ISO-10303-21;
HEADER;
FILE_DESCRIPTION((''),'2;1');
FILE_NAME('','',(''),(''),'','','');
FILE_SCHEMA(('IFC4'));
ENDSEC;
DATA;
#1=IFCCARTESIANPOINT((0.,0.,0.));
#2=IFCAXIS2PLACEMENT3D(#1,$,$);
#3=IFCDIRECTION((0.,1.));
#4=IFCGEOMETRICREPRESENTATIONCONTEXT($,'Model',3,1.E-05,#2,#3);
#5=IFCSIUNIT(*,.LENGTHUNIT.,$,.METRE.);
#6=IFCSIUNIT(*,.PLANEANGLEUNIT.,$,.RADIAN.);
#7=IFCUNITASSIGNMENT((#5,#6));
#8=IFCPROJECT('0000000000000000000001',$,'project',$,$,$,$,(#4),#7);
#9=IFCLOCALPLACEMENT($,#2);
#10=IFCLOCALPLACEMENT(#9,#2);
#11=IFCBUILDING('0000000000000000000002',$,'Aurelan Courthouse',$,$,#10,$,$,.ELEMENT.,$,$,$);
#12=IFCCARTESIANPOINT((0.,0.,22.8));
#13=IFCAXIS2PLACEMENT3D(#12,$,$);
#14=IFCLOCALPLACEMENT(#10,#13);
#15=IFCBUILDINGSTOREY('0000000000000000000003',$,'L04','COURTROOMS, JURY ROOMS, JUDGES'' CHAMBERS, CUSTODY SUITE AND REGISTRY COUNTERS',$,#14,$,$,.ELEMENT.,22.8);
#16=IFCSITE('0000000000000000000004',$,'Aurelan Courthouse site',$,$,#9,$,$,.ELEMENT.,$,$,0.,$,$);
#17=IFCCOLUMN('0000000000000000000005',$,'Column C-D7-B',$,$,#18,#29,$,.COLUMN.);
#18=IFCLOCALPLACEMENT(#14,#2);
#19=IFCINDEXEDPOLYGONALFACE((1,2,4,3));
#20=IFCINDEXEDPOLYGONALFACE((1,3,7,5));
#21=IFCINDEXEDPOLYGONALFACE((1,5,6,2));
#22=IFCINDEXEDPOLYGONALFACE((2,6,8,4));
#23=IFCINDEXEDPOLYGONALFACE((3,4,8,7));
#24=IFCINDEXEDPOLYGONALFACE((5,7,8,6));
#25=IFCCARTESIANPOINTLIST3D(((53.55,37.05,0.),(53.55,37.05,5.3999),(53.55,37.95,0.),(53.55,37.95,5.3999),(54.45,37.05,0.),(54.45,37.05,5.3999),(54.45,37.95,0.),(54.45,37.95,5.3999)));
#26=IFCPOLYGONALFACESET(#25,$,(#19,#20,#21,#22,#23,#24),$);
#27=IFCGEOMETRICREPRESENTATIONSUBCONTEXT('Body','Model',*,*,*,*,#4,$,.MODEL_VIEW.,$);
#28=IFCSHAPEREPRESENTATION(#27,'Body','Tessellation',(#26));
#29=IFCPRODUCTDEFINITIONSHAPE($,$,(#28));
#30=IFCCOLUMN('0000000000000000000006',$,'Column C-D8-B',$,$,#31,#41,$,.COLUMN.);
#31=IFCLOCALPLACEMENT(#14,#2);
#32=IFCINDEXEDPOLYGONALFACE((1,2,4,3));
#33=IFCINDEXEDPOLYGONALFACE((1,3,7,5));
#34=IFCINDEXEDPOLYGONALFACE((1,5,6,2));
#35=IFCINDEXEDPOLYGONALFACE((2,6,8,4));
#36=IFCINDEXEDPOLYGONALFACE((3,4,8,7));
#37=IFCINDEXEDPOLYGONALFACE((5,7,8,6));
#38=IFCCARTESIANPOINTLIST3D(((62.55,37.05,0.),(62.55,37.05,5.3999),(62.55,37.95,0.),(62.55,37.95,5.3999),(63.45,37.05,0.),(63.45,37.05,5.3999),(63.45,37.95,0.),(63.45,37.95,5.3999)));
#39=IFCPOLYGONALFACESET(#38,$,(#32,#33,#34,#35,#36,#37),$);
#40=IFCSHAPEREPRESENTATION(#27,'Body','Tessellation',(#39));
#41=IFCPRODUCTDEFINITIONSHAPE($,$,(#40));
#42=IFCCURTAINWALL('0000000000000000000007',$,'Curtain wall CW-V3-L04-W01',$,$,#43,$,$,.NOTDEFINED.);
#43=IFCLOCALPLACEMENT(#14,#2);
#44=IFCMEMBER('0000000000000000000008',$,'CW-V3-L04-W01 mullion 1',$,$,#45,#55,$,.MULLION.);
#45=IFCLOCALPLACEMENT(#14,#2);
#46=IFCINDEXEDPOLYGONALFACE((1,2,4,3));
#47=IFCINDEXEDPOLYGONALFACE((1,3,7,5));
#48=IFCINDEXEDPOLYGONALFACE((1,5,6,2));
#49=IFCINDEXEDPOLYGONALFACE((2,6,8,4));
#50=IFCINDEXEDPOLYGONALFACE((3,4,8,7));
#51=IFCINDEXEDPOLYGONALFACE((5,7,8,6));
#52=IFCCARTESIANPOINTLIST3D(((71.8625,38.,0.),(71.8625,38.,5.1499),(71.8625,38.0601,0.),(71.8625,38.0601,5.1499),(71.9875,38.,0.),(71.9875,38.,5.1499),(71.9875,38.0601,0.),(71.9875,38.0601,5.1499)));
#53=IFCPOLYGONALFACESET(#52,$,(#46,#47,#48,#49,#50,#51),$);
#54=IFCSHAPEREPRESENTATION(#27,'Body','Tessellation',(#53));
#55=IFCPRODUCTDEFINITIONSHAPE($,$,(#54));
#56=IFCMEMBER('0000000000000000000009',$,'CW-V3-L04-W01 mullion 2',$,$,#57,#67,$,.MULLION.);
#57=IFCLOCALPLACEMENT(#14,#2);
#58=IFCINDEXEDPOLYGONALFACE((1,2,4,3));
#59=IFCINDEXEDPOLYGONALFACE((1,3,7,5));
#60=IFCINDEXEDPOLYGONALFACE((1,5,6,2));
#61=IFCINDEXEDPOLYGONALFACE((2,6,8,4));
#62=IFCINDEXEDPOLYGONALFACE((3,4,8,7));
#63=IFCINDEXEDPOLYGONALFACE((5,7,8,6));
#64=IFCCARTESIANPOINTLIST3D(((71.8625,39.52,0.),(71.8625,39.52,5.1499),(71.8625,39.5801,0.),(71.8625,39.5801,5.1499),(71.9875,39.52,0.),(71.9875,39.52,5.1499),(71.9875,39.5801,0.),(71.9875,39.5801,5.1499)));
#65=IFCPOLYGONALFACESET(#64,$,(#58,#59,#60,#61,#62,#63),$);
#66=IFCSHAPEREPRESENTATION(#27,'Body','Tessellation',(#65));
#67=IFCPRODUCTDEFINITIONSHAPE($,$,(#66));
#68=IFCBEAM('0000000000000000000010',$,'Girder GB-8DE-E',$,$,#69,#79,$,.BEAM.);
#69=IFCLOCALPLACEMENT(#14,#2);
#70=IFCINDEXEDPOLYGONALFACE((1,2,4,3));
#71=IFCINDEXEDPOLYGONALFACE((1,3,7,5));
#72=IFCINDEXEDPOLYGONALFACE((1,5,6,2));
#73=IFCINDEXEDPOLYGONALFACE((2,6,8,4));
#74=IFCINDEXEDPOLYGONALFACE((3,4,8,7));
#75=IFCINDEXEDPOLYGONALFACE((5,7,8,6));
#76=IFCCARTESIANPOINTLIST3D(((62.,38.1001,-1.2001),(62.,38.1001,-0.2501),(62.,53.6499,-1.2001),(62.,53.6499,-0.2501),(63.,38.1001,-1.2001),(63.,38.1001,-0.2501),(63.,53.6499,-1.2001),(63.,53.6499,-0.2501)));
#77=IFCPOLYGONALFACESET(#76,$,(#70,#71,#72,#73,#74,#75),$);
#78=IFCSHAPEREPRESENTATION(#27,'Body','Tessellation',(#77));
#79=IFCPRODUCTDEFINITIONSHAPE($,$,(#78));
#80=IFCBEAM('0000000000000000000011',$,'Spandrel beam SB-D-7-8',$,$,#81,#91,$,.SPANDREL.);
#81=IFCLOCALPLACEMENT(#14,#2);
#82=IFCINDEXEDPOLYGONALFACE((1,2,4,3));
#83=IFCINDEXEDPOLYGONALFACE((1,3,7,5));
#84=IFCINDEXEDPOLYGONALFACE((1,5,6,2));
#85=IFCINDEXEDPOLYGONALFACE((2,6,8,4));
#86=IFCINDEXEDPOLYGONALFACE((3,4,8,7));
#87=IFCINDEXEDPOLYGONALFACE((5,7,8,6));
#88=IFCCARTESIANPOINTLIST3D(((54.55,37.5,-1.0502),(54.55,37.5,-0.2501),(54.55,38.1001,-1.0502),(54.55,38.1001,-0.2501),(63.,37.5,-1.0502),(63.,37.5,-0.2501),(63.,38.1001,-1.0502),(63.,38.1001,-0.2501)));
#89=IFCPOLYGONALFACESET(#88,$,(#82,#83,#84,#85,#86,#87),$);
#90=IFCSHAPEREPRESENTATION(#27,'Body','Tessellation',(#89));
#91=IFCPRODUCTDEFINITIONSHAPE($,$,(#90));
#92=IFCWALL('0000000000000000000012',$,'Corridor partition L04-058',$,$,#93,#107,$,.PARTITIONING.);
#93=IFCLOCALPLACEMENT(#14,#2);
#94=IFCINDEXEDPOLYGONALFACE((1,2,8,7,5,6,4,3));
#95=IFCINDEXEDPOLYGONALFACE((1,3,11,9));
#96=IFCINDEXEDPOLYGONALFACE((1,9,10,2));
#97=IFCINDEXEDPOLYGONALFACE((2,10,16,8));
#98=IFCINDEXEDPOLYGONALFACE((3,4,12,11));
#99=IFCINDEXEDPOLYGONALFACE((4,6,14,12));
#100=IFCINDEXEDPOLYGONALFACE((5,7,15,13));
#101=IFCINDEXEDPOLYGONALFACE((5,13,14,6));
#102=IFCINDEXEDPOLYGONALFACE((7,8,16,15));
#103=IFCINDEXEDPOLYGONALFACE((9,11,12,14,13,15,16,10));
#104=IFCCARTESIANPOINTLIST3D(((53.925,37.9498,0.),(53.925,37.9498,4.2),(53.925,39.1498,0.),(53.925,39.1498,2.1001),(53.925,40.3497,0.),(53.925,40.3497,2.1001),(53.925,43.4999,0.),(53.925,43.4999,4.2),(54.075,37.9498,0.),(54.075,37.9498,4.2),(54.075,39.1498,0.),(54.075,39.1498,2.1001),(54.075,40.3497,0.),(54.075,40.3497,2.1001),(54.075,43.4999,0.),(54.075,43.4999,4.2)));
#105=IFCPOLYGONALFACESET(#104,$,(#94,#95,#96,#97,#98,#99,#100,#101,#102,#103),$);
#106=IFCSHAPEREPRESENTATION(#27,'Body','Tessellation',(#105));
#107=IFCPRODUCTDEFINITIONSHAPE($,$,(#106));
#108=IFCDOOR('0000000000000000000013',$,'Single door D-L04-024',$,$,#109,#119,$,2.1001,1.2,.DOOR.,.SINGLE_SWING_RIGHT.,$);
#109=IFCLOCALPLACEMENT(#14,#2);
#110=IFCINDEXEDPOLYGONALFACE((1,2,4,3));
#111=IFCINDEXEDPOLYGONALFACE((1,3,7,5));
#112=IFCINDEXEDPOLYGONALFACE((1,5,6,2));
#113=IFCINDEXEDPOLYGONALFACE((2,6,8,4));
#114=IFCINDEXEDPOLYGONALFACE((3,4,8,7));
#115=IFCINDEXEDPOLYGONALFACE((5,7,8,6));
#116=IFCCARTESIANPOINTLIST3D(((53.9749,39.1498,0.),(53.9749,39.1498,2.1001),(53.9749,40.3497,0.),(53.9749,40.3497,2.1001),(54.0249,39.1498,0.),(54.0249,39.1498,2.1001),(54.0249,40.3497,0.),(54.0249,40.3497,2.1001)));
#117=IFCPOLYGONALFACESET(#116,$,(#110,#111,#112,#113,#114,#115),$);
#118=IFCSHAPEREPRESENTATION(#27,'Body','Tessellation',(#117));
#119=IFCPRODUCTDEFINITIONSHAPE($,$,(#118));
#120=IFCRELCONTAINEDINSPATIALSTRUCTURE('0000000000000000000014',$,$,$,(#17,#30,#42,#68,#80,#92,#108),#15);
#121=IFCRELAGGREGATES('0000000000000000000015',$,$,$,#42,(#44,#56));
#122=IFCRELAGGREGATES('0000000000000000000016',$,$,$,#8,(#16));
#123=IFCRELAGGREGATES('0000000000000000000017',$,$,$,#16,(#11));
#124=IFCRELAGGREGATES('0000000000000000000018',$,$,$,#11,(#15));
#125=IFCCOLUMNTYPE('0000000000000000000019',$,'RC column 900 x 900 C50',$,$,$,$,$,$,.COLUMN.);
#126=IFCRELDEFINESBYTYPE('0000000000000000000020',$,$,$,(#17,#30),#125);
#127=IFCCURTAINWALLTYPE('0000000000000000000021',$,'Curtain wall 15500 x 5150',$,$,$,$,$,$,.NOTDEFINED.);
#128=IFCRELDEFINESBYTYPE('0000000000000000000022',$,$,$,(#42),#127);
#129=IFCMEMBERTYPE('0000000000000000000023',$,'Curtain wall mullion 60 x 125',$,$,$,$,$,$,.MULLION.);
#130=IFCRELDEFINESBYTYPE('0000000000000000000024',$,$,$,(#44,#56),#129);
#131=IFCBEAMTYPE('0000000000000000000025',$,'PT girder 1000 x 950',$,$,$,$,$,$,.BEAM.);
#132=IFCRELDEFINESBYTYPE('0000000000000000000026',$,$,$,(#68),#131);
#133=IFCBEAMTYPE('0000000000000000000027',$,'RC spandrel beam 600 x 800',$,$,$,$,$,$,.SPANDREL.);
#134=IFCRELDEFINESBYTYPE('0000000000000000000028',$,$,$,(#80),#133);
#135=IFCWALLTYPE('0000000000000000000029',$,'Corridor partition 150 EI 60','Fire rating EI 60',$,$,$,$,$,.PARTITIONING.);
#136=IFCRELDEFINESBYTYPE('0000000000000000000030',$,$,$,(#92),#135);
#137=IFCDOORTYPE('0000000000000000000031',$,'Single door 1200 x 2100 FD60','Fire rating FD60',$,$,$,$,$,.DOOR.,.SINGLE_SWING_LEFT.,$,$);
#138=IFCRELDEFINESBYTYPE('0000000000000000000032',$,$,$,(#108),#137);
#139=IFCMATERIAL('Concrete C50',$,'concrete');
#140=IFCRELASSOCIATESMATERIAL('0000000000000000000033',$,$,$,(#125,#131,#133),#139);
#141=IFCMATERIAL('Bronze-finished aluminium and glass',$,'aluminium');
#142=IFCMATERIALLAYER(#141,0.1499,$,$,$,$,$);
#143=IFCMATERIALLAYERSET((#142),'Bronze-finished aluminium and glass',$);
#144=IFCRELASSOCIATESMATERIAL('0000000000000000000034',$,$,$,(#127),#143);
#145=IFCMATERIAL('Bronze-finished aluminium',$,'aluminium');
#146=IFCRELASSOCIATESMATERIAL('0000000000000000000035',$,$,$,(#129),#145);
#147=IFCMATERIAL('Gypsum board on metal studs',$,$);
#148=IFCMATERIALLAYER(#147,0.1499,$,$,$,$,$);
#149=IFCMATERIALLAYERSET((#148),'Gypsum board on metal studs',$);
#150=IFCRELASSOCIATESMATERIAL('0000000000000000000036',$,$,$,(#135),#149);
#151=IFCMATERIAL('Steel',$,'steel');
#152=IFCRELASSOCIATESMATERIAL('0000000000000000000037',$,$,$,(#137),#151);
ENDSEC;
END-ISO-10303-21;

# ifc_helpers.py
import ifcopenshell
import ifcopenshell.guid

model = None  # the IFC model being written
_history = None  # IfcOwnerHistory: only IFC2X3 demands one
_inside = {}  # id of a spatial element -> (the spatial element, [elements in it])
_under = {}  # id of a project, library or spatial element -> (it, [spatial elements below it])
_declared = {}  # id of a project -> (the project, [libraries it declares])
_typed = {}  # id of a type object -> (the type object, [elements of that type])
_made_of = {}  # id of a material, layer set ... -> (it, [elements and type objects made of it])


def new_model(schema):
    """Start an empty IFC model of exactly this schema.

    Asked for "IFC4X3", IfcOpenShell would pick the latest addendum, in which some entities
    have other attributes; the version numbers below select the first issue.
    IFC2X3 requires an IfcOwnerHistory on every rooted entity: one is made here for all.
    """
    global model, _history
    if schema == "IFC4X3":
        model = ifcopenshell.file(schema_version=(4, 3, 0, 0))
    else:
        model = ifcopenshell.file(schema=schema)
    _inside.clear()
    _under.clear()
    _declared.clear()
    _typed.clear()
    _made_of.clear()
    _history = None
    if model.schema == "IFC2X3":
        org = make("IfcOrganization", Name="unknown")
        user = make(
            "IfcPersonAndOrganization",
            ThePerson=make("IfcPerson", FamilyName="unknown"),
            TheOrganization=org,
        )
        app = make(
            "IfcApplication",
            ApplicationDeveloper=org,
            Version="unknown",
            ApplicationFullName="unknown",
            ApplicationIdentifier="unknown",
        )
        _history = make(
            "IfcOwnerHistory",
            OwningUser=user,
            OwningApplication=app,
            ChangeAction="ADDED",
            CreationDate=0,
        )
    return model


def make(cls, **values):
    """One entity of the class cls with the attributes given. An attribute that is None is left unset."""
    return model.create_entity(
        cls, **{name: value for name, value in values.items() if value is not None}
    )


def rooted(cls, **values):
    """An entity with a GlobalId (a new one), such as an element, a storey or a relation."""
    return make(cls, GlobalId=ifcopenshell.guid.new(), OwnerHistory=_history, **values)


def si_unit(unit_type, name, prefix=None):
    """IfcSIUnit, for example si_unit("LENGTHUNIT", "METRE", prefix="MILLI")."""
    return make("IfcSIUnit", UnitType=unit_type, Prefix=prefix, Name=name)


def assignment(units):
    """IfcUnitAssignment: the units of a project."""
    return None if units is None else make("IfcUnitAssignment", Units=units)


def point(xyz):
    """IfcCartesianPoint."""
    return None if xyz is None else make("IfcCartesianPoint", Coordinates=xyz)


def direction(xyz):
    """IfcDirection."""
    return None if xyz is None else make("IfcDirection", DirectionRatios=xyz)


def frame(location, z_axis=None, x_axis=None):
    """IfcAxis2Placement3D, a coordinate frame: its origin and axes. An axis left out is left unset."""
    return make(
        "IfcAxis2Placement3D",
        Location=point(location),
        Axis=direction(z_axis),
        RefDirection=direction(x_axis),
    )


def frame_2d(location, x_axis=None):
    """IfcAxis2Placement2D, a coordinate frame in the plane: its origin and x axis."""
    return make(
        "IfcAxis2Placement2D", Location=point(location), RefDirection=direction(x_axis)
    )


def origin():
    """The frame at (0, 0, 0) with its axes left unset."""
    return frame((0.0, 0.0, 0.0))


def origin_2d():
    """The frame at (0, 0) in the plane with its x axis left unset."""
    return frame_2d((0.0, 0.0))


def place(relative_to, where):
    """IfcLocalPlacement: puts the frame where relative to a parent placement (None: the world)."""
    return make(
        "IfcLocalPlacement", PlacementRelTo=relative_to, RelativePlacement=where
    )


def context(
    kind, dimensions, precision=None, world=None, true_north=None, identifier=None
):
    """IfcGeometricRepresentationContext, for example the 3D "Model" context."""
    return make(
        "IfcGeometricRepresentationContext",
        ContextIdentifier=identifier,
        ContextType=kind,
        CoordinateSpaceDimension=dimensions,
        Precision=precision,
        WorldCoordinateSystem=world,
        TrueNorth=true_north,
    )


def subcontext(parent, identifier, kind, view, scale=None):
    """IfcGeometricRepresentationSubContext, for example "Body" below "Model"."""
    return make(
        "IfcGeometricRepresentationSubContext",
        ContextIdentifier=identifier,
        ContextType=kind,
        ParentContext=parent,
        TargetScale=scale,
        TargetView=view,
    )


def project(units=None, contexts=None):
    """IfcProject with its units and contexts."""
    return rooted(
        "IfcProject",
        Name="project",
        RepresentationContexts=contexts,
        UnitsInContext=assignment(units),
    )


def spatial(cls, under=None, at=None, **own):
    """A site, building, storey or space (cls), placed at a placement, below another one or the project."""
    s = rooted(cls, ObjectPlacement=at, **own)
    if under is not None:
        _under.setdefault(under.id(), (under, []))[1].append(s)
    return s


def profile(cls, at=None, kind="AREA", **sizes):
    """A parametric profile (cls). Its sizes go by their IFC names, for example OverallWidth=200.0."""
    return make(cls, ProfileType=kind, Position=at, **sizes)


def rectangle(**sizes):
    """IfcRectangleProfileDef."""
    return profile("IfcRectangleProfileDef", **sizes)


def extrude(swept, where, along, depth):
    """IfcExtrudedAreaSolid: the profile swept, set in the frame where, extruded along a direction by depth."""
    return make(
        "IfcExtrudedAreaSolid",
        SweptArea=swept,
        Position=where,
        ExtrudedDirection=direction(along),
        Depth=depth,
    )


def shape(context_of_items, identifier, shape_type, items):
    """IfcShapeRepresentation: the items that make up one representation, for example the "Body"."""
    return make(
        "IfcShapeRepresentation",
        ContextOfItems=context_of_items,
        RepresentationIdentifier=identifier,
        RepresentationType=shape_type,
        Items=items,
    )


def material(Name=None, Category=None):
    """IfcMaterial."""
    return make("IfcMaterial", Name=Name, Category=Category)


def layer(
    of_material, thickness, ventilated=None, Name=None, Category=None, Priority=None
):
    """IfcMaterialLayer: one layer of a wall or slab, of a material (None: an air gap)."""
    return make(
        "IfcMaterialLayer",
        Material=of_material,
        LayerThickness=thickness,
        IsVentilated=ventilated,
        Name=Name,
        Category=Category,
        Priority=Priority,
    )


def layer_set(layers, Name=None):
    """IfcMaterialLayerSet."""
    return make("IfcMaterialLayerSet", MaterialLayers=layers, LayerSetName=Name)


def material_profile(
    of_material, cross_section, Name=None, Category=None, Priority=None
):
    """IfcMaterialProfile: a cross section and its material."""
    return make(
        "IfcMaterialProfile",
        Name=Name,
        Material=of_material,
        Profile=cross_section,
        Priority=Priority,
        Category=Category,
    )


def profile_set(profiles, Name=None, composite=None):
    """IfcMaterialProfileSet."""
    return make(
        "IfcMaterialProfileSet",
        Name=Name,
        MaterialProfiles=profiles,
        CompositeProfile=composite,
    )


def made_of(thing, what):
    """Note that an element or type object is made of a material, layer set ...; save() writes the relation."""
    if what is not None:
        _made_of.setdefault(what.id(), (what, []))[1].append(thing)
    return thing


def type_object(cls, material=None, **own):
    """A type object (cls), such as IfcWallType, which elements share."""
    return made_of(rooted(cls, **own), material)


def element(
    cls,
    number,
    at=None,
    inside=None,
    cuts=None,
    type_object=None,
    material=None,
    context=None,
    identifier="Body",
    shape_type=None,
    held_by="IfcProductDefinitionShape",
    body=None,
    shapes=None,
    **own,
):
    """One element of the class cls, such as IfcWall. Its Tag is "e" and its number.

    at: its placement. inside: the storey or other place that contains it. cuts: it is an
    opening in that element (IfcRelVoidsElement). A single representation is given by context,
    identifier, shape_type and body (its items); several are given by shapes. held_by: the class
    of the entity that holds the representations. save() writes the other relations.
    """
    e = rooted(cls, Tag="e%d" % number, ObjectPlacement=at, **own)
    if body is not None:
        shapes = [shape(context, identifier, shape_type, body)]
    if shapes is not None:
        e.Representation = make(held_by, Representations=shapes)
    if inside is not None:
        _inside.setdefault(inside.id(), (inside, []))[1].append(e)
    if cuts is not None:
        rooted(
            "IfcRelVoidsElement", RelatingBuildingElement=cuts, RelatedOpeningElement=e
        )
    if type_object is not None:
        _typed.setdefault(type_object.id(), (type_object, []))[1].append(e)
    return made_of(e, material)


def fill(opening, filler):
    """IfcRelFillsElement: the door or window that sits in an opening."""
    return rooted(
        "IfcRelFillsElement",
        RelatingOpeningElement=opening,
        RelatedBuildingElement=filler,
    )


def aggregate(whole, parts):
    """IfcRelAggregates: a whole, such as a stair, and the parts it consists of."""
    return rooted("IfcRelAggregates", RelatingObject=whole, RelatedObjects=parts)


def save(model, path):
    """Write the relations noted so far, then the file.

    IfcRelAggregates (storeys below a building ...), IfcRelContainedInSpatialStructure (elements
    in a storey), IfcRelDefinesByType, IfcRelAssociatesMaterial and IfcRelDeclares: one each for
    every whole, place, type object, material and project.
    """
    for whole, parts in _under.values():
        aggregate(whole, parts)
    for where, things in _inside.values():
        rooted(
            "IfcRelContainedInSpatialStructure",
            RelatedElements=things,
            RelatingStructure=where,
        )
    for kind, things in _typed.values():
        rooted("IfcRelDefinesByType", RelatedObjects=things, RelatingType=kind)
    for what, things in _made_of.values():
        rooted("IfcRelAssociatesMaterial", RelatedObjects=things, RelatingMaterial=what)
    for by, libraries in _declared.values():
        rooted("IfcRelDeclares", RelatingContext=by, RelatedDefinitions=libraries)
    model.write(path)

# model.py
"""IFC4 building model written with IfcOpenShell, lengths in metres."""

from ifc_helpers import new_model, si_unit, direction, frame, frame_2d, origin, origin_2d, place, context, subcontext, project, spatial, rectangle, extrude, material, layer, layer_set, material_profile, profile_set, type_object, element, fill, aggregate, save


model = new_model("IFC4")

# Units and contexts
model_context = context("Model", 3, precision=1e-05, world=origin(), true_north=direction((0.0, 1.0)))
body_context = subcontext(model_context, "Body", "Model", "MODEL_VIEW")
ifc_project = project(units=[si_unit("LENGTHUNIT", "METRE"), si_unit("PLANEANGLEUNIT", "RADIAN")], contexts=[model_context])

# Site, building, storey
site_placement = place(None, origin())
site = spatial("IfcSite", under=ifc_project, at=site_placement, Name="Aurelan Courthouse site", CompositionType="ELEMENT", RefElevation=0.0)
building_placement = place(site_placement, origin())
building = spatial("IfcBuilding", under=site, at=building_placement, Name="Aurelan Courthouse", CompositionType="ELEMENT")
storey_placement = place(building_placement, frame((0.0, 0.0, 22.8)))
storey = spatial("IfcBuildingStorey", under=building, at=storey_placement, Name="L04", Description="COURTROOMS, JURY ROOMS, JUDGES' CHAMBERS, CUSTODY SUITE AND REGISTRY COUNTERS", CompositionType="ELEMENT", Elevation=22.8)

# Columns
ifc_material_1 = material(Name="Concrete C50", Category="concrete")
ifc_material_profile_1 = material_profile(ifc_material_1, rectangle(XDim=0.8999, YDim=0.8999, at=origin_2d()), Name="RC 900 x 900")
ifc_profile_set_1 = profile_set([ifc_material_profile_1], Name="Concrete C50")
column_type = type_object("IfcColumnType", Name="RC column 900 x 900 C50", PredefinedType="COLUMN", material=ifc_profile_set_1)
for number, where, z_axis, x_axis, name in (
    (1, (54.0, 37.5, 0.0), (0.0, 0.0, 1.0), (1.0, 0.0, 0.0), "Column C-D7-B"),
    (2, (63.0, 37.5, 0.0), (0.0, 0.0, 1.0), (1.0, 0.0, 0.0), "Column C-D8-B"),
):
    element("IfcColumn", number, at=place(storey_placement, frame(where, z_axis=z_axis, x_axis=x_axis)), inside=storey, type_object=column_type, Name=name, PredefinedType="COLUMN", context=body_context, shape_type="SweptSolid", body=[
        extrude(rectangle(XDim=0.8999, YDim=0.8999, at=origin_2d()), origin(), (0.0, 0.0, 1.0), 5.3999),
    ])

# Curtain wall, members
ifc_material_2 = material(Name="Bronze-finished aluminium and glass", Category="aluminium")
ifc_layer_1 = layer(ifc_material_2, 0.1499)
ifc_layer_set_1 = layer_set([ifc_layer_1], Name="Bronze-finished aluminium and glass")
curtain_wall_type = type_object("IfcCurtainWallType", Name="Curtain wall 15500 x 5150", PredefinedType="NOTDEFINED", material=ifc_layer_set_1)
curtain_wall_placement = place(storey_placement, origin())
curtain_wall = element("IfcCurtainWall", 3, at=curtain_wall_placement, inside=storey, type_object=curtain_wall_type, Name="Curtain wall CW-V3-L04-W01", PredefinedType="NOTDEFINED")
ifc_material_3 = material(Name="Bronze-finished aluminium", Category="aluminium")
ifc_material_profile_2 = material_profile(ifc_material_3, rectangle(XDim=0.125, YDim=0.0601, at=origin_2d()), Name="Bronze mullion 60 x 125")
ifc_profile_set_2 = profile_set([ifc_material_profile_2], Name="Bronze-finished aluminium")
member_type = type_object("IfcMemberType", Name="Curtain wall mullion 60 x 125", PredefinedType="MULLION", material=ifc_profile_set_2)
member_1_placement = place(storey_placement, frame((71.925, 38.03, 0.0), z_axis=(0.0, 0.0, 1.0), x_axis=(-1.0, 0.0, 0.0)))
member_1 = element("IfcMember", 4, at=member_1_placement, type_object=member_type, Name="CW-V3-L04-W01 mullion 1", PredefinedType="MULLION", context=body_context, shape_type="SweptSolid", body=[
    extrude(rectangle(XDim=0.125, YDim=0.0601, at=origin_2d()), origin(), (0.0, 0.0, 1.0), 5.1499),
])
member_2_placement = place(storey_placement, frame((71.925, 39.55, 0.0), z_axis=(0.0, 0.0, 1.0), x_axis=(-1.0, 0.0, 0.0)))
member_2 = element("IfcMember", 5, at=member_2_placement, type_object=member_type, Name="CW-V3-L04-W01 mullion 2", PredefinedType="MULLION", context=body_context, shape_type="SweptSolid", body=[
    extrude(rectangle(XDim=0.125, YDim=0.0601, at=origin_2d()), origin(), (0.0, 0.0, 1.0), 5.1499),
])
aggregate(curtain_wall, [member_1, member_2])

# Beams
ifc_material_profile_3 = material_profile(ifc_material_1, rectangle(XDim=1.0, YDim=0.95, at=origin_2d()), Name="RC 1000 x 950")
ifc_profile_set_3 = profile_set([ifc_material_profile_3], Name="Concrete C50")
beam_type_1 = type_object("IfcBeamType", Name="PT girder 1000 x 950", PredefinedType="BEAM", material=ifc_profile_set_3)
beam_1_placement = place(storey_placement, frame((62.5, 38.1001, -0.7251), z_axis=(0.0, 1.0, 0.0), x_axis=(-1.0, 0.0, 0.0)))
element("IfcBeam", 6, at=beam_1_placement, inside=storey, type_object=beam_type_1, Name="Girder GB-8DE-E", PredefinedType="BEAM", context=body_context, shape_type="SweptSolid", body=[
    extrude(rectangle(XDim=1.0, YDim=0.95, at=origin_2d()), origin(), (0.0, 0.0, 1.0), 15.5498),
])
ifc_material_profile_4 = material_profile(ifc_material_1, rectangle(XDim=0.6001, YDim=0.8, at=origin_2d()), Name="RC 600 x 800")
ifc_profile_set_4 = profile_set([ifc_material_profile_4], Name="Concrete C50")
beam_type_2 = type_object("IfcBeamType", Name="RC spandrel beam 600 x 800", PredefinedType="SPANDREL", material=ifc_profile_set_4)
beam_2_placement = place(storey_placement, frame((54.55, 37.8, -0.6501), z_axis=(1.0, 0.0, 0.0), x_axis=(0.0, 1.0, 0.0)))
element("IfcBeam", 7, at=beam_2_placement, inside=storey, type_object=beam_type_2, Name="Spandrel beam SB-D-7-8", PredefinedType="SPANDREL", context=body_context, shape_type="SweptSolid", body=[
    extrude(rectangle(XDim=0.6001, YDim=0.8, at=origin_2d()), origin(), (0.0, 0.0, 1.0), 8.45),
])

# Wall, opening, door
ifc_material_4 = material(Name="Gypsum board on metal studs")
ifc_layer_2 = layer(ifc_material_4, 0.1499)
ifc_layer_set_2 = layer_set([ifc_layer_2], Name="Gypsum board on metal studs")
wall_type_1 = type_object("IfcWallType", Name="Corridor partition 150 EI 60", Description="Fire rating EI 60", PredefinedType="PARTITIONING", material=ifc_layer_set_2)
wall_1_placement = place(storey_placement, frame((54.0, 37.95, 0.0), z_axis=(0.0, 0.0, 1.0), x_axis=(0.0, 1.0, 0.0)))
wall_1 = element("IfcWall", 8, at=wall_1_placement, inside=storey, type_object=wall_type_1, Name="Corridor partition L04-058", PredefinedType="PARTITIONING", context=body_context, shape_type="SweptSolid", body=[
    extrude(rectangle(XDim=5.55, YDim=0.1499, at=frame_2d((2.7749, 0.0))), origin(), (0.0, 0.0, 1.0), 4.2),
])
opening_1_placement = place(wall_1_placement, frame((2.3999, 0.0, 0.0), z_axis=(0.0, 0.0, 1.0), x_axis=(-1.0, 0.0, 0.0)))
opening_1 = element("IfcOpeningElement", 9, at=opening_1_placement, cuts=wall_1, PredefinedType="OPENING", context=body_context, shape_type="SweptSolid", body=[
    extrude(rectangle(XDim=1.2, YDim=2.1001, at=frame_2d((0.6001, 1.05))), frame((0.0, 0.085, 0.0), z_axis=(0.0, -1.0, 0.0), x_axis=(1.0, 0.0, 0.0)), (0.0, 0.0, 1.0), 0.1699),
])
ifc_material_5 = material(Name="Steel", Category="steel")
door_type_1 = type_object("IfcDoorType", Name="Single door 1200 x 2100 FD60", Description="Fire rating FD60", OperationType="SINGLE_SWING_LEFT", PredefinedType="DOOR", material=ifc_material_5)
door_1_placement = place(opening_1_placement, origin())
door_1 = element("IfcDoor", 10, at=door_1_placement, inside=storey, type_object=door_type_1, Name="Single door D-L04-024", OperationType="SINGLE_SWING_RIGHT", OverallHeight=2.1001, OverallWidth=1.2, PredefinedType="DOOR", context=body_context, shape_type="SweptSolid", body=[
    extrude(rectangle(XDim=1.2, YDim=2.1001, at=frame_2d((0.6001, 1.05))), frame((0.0, 0.0249, 0.0), z_axis=(0.0, -1.0, 0.0), x_axis=(1.0, 0.0, 0.0)), (0.0, 0.0, 1.0), 0.05),
])
fill(opening_1, door_1)

save(model, "model.ifc")
